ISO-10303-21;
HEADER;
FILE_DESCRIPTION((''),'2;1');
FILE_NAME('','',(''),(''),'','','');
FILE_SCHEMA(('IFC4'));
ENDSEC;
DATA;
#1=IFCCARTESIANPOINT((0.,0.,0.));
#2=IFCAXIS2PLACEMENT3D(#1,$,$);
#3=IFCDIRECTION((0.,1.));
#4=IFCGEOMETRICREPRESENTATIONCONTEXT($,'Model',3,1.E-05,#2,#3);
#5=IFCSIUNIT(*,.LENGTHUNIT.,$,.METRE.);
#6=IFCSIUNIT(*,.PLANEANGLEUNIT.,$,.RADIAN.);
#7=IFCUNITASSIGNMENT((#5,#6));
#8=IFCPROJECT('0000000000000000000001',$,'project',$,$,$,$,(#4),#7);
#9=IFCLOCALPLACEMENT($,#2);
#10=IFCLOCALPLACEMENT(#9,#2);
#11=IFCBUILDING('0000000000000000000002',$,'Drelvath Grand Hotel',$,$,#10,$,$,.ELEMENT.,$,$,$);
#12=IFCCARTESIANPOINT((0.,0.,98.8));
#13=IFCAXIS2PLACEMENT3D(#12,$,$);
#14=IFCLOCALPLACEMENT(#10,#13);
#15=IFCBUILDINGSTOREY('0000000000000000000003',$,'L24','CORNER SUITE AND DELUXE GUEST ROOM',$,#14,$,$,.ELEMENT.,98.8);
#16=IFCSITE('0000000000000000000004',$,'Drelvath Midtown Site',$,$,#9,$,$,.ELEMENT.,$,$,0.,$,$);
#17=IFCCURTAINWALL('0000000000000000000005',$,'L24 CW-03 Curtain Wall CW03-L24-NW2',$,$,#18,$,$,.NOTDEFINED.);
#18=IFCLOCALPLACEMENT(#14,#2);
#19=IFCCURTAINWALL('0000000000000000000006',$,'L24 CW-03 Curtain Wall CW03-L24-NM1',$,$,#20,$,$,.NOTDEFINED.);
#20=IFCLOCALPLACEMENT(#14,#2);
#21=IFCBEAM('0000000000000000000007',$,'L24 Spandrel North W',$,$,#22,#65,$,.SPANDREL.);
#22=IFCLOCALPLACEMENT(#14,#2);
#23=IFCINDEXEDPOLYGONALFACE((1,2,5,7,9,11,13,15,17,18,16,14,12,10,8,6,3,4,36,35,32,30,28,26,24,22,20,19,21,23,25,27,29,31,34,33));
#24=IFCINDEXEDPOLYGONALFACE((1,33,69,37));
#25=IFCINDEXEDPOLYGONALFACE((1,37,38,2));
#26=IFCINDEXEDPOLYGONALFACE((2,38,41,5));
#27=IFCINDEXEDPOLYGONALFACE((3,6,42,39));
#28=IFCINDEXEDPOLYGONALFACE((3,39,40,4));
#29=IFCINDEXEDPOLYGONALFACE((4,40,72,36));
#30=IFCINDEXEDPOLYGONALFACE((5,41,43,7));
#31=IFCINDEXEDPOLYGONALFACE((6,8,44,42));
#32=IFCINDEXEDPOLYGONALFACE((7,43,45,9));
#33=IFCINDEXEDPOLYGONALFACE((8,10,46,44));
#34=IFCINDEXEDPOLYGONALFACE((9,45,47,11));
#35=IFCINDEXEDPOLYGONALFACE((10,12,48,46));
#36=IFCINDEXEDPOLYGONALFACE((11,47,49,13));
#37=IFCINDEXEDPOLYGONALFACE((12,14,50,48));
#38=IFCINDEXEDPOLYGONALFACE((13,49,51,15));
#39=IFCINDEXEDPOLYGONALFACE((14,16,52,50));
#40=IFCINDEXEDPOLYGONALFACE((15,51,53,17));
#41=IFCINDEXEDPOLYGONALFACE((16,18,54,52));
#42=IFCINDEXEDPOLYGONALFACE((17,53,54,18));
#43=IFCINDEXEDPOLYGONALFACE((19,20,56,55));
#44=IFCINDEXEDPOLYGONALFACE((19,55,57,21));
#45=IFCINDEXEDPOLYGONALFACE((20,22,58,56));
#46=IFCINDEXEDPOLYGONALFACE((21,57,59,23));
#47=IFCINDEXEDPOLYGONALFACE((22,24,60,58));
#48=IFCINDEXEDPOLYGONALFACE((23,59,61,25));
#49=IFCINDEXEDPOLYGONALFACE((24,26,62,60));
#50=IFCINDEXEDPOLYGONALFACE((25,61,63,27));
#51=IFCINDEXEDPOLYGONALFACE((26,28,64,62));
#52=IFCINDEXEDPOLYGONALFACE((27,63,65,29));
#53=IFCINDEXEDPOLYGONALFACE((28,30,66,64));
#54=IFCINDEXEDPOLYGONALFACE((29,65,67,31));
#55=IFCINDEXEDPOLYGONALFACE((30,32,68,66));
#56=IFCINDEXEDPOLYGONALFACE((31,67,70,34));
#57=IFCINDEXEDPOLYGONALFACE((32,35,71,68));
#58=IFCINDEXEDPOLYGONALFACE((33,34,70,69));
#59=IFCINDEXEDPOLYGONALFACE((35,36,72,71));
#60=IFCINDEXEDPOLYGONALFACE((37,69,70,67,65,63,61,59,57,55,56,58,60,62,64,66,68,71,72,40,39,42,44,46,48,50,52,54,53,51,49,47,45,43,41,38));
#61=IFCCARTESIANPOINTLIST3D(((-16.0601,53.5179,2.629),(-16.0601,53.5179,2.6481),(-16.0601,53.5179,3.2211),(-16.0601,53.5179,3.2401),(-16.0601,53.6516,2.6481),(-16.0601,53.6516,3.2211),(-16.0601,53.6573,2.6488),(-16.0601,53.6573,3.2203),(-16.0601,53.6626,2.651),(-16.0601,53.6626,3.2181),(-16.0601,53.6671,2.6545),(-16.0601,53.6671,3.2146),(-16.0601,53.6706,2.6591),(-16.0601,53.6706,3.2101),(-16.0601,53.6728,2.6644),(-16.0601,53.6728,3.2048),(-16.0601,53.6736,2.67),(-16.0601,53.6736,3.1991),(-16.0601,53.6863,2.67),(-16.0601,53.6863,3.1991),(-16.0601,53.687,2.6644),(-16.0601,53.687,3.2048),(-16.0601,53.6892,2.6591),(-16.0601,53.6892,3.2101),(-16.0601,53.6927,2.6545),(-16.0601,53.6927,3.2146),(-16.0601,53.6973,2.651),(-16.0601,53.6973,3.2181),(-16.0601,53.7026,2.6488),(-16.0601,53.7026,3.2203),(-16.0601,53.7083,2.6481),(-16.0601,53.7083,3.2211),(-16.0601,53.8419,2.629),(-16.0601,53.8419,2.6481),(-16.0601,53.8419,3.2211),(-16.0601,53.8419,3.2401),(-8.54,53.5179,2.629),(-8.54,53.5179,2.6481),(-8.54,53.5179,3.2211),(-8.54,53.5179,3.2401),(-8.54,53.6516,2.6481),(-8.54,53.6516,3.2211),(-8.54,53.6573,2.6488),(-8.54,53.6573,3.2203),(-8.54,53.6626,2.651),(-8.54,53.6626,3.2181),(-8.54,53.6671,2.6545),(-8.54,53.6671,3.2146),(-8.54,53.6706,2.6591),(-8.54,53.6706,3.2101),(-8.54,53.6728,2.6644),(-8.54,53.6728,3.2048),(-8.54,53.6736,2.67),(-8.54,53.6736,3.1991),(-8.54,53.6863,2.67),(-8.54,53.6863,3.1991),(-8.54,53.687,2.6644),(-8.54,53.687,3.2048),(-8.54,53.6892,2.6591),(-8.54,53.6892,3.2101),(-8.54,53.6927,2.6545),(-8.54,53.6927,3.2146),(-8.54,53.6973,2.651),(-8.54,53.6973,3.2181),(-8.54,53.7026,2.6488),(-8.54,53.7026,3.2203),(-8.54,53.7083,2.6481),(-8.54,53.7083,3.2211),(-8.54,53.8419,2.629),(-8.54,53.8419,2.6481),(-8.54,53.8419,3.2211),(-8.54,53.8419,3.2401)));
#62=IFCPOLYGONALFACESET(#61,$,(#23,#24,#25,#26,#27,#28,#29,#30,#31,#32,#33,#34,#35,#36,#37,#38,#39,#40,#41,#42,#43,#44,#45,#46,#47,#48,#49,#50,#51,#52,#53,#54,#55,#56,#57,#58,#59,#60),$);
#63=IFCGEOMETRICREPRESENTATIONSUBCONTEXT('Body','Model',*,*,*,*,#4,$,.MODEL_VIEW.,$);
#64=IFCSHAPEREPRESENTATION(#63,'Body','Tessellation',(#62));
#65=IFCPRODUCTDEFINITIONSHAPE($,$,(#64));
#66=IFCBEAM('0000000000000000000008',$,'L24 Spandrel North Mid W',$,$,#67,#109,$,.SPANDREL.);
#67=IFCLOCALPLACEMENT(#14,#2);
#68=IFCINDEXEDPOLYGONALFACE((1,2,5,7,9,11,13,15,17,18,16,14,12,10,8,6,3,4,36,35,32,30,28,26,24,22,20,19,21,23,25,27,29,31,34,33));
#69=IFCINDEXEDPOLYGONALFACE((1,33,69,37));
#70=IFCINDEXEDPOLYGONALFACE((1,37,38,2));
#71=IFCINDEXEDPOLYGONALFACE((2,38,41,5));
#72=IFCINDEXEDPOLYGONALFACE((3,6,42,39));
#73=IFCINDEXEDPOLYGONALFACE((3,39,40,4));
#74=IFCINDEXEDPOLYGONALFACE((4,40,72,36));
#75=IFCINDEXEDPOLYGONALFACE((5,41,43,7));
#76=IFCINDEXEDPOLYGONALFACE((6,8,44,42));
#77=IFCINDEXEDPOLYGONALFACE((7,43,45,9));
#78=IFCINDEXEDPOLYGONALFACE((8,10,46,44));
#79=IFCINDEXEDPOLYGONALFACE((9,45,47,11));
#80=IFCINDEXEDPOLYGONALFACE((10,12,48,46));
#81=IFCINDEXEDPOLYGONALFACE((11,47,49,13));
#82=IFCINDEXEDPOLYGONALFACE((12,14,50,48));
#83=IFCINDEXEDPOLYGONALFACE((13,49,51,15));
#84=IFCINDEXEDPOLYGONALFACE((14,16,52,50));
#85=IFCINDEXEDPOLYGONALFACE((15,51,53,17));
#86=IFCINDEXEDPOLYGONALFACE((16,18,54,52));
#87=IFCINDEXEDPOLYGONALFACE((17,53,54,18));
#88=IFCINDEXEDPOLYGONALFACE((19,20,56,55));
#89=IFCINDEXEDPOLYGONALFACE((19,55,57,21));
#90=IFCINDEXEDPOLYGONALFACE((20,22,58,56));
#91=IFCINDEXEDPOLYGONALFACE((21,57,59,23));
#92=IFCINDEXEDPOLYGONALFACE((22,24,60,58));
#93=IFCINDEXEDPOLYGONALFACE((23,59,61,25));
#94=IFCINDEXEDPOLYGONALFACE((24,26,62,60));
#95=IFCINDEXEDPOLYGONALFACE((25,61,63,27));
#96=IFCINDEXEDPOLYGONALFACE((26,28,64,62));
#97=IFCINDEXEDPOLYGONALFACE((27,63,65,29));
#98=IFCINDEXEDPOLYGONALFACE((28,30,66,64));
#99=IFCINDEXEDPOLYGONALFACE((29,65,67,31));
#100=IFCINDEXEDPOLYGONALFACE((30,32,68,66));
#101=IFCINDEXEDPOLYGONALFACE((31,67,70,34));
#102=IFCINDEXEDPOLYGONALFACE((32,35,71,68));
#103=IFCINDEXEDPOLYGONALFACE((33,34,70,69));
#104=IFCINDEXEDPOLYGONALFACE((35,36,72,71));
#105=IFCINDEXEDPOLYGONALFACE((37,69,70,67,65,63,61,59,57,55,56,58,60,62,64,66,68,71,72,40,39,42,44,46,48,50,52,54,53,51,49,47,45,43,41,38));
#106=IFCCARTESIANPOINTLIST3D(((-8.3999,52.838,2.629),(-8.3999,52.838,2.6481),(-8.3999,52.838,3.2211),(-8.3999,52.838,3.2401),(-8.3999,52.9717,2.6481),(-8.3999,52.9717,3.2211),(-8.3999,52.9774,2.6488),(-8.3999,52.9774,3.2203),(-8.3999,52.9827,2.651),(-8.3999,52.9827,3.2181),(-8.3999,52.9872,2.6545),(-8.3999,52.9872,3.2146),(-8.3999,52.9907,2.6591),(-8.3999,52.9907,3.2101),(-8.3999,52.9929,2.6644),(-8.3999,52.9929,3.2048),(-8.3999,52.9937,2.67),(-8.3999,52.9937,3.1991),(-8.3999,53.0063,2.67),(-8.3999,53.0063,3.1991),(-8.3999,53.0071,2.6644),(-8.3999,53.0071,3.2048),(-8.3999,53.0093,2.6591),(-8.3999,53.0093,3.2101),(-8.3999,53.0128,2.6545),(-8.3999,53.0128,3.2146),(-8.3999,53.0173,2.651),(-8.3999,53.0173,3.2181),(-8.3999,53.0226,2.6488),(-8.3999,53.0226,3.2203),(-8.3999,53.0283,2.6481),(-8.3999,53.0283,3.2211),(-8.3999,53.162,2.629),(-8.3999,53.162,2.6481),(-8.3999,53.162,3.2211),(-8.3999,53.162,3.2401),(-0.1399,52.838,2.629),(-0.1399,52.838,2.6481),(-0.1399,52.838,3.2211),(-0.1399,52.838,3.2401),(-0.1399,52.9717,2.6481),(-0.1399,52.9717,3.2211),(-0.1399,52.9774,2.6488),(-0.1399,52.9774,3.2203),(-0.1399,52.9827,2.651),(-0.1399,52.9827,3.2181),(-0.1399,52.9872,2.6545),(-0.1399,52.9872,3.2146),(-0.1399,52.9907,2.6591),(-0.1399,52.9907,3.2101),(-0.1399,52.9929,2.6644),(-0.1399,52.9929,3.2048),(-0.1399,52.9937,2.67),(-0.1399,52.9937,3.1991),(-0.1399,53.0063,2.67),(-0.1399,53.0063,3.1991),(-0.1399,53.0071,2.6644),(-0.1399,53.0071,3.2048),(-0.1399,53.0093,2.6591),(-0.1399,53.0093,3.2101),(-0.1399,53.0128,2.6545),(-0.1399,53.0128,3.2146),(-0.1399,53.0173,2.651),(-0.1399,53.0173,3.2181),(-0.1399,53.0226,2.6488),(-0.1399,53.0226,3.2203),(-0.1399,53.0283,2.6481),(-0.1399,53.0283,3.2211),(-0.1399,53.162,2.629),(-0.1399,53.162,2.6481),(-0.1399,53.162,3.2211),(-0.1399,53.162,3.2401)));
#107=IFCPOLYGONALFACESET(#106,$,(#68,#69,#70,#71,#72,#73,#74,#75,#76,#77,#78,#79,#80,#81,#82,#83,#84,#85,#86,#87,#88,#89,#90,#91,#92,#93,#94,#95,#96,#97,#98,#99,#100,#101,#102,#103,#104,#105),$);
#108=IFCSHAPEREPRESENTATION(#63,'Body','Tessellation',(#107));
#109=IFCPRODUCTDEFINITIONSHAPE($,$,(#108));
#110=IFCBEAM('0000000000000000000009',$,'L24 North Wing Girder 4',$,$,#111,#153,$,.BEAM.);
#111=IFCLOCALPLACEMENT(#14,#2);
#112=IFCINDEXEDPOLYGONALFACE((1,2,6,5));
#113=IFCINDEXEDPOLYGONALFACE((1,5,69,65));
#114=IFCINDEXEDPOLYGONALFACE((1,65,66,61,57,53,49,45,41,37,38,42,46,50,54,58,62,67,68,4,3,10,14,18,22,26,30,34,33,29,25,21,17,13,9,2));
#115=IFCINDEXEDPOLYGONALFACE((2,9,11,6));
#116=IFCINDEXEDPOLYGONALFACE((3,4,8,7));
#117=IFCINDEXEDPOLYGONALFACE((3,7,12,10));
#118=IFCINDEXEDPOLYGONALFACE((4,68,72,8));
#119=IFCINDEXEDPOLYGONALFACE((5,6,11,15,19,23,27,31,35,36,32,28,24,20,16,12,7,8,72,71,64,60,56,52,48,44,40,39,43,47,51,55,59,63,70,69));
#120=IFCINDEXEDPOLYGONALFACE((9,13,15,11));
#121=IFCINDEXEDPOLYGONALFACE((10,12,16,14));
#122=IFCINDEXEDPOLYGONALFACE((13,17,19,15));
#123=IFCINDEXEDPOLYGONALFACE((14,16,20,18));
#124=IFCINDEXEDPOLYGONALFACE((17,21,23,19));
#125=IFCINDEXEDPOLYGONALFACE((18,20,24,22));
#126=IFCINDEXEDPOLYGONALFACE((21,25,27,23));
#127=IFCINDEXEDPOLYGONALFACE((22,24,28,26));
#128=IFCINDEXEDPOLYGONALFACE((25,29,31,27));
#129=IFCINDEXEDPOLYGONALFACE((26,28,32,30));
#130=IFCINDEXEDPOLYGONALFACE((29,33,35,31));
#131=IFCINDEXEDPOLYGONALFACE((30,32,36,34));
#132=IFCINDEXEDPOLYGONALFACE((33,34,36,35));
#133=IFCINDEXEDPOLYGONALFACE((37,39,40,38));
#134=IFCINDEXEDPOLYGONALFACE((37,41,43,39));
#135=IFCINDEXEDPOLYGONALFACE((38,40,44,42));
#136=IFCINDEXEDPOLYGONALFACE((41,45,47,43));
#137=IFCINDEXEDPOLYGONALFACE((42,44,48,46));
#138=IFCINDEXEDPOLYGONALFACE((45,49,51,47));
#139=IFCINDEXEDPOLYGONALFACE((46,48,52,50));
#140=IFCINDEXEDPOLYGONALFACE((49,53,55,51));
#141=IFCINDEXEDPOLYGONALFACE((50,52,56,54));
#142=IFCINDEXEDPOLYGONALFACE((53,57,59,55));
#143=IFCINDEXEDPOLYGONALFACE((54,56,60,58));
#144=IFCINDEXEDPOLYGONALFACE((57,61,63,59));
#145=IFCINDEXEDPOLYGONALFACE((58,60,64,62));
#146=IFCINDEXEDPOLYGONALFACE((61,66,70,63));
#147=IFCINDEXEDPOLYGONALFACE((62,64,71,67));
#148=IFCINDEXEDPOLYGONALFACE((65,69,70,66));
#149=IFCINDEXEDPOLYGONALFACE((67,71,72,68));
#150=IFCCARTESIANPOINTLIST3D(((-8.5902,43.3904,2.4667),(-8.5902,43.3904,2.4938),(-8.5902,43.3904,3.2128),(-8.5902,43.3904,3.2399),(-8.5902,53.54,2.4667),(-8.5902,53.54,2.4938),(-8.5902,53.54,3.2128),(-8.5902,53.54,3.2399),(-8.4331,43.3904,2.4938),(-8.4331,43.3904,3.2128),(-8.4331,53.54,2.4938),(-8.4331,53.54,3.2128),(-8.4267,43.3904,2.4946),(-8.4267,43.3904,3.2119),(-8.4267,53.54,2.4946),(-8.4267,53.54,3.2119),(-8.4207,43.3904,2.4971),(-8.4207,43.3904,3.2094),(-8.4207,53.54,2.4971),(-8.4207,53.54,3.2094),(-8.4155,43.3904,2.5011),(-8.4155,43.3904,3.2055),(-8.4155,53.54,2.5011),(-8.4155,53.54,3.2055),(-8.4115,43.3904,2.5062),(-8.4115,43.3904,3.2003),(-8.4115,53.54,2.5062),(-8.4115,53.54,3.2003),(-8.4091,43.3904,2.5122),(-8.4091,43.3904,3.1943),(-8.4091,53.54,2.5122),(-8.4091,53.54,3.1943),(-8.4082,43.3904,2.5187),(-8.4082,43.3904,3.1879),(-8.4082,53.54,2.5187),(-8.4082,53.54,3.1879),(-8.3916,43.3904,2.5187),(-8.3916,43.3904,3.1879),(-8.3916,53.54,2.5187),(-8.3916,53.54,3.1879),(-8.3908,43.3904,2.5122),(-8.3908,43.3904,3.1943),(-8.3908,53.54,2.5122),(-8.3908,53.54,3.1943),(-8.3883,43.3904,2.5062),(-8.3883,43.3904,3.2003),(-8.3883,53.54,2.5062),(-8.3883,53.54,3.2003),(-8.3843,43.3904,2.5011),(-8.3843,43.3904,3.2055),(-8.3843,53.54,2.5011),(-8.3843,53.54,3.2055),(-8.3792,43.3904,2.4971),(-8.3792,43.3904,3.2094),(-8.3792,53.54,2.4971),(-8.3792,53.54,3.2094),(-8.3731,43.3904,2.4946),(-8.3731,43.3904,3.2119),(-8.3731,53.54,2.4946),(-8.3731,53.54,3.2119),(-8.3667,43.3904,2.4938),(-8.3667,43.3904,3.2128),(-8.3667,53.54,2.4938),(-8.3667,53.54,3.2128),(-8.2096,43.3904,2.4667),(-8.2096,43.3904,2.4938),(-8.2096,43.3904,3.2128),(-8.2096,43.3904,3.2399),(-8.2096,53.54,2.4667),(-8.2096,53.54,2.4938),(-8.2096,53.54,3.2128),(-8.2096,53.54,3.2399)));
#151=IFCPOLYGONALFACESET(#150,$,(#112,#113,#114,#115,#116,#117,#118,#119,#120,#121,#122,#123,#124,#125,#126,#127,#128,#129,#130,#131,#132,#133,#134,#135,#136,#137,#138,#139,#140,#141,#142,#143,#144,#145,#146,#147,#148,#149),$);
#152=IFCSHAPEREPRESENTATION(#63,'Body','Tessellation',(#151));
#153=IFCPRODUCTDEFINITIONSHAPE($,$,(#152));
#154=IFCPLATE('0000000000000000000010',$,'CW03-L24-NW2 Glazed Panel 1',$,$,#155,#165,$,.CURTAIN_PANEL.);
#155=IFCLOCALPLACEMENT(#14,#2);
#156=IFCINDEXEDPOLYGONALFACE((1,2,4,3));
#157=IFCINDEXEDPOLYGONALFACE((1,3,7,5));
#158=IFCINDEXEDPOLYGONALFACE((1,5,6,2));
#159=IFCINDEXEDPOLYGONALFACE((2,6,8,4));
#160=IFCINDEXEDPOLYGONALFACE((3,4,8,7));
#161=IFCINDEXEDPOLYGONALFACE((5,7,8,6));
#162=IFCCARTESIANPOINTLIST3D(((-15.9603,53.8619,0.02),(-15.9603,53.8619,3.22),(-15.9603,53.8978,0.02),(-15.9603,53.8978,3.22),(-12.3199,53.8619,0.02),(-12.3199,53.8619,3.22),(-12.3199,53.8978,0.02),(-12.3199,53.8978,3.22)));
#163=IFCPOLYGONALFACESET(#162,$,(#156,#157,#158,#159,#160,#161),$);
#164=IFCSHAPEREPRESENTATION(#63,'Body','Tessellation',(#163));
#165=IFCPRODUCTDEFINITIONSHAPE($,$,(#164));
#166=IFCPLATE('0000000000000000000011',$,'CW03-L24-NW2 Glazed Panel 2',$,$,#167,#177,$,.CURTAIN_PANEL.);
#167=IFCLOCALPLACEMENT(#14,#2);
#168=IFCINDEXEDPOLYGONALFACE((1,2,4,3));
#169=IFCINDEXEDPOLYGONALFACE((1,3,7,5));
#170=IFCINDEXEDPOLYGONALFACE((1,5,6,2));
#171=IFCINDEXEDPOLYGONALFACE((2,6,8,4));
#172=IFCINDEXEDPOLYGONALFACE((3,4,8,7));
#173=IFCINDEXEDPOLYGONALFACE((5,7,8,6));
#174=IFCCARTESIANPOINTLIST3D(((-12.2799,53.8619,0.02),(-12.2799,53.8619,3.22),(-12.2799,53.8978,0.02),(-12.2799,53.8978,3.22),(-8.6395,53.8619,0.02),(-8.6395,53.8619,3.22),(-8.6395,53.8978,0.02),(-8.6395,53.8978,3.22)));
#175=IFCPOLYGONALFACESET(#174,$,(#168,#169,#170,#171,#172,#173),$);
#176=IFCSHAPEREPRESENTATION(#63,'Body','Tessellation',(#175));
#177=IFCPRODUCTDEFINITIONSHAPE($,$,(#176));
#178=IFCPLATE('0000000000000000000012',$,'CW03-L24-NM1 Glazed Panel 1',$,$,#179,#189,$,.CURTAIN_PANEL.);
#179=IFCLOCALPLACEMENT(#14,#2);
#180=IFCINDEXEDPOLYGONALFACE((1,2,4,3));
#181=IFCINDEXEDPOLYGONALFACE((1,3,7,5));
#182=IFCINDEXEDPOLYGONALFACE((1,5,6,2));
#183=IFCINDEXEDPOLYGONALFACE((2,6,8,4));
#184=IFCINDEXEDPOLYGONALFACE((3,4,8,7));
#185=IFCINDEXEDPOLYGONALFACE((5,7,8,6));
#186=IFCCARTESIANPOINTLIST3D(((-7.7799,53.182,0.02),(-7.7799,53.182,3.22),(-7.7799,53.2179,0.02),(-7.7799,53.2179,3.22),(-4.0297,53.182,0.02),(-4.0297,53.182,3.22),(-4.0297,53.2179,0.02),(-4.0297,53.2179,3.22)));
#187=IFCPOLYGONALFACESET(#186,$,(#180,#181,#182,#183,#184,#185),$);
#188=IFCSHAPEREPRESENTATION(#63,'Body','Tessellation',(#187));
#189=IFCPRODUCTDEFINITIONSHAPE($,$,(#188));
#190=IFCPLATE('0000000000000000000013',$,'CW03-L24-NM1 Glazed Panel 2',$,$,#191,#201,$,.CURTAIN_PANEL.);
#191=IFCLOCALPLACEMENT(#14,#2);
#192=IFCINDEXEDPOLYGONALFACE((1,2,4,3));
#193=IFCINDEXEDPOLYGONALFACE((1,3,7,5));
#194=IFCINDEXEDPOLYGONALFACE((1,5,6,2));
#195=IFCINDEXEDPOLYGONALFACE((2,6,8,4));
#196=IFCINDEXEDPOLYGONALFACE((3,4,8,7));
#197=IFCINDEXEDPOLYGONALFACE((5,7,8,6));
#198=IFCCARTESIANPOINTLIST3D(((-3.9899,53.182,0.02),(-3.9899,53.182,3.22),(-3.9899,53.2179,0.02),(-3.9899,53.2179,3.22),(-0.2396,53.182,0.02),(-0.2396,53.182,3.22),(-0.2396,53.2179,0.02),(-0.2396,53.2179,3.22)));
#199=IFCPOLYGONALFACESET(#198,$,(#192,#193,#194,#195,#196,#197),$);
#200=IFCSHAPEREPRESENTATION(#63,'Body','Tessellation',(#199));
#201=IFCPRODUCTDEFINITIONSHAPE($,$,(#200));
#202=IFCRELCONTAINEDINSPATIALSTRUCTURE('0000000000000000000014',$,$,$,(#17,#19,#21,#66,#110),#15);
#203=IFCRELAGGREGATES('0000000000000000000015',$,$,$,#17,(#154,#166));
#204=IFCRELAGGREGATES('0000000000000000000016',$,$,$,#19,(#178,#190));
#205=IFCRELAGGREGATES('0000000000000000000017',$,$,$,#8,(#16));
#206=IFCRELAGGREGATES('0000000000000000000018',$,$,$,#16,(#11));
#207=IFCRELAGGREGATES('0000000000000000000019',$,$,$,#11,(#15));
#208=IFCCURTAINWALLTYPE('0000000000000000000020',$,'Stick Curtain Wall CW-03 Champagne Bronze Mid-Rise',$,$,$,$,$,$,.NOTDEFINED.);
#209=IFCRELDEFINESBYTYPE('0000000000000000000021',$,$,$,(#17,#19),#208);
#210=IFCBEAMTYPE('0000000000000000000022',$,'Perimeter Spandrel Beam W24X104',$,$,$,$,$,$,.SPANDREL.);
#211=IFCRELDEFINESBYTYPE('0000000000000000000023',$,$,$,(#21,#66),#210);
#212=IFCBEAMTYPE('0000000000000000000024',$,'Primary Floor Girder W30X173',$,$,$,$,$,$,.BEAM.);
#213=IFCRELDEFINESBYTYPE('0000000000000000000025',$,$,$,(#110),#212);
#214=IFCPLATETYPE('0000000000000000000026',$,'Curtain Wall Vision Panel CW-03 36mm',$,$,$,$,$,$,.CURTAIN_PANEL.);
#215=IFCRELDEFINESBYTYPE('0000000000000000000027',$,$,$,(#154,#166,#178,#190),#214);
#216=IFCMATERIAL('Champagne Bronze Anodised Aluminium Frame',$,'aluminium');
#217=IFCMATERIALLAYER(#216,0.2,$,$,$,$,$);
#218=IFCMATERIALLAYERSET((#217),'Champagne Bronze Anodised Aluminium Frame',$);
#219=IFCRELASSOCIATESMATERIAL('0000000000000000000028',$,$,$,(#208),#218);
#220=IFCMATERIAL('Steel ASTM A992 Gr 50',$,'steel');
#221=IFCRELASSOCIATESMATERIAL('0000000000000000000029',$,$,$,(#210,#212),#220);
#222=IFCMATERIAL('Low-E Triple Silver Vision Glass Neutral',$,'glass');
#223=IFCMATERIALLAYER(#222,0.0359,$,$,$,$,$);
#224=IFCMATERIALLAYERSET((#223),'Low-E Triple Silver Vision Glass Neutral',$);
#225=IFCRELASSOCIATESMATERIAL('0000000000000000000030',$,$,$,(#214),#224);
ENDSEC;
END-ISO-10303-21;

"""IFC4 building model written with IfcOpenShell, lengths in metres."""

from ifc_helpers import new_model, si_unit, direction, frame, origin, origin_2d, place, context, subcontext, project, spatial, rectangle, i_section, extrude, material, layer, layer_set, material_profile, profile_set, type_object, element, aggregate, save


model = new_model("IFC4")

# Units and contexts
model_context = context("Model", 3, precision=1e-05, world=origin(), true_north=direction((0.0, 1.0)))
body_context = subcontext(model_context, "Body", "Model", "MODEL_VIEW")
ifc_project = project(units=[si_unit("LENGTHUNIT", "METRE"), si_unit("PLANEANGLEUNIT", "RADIAN")], contexts=[model_context])

# Site, building, storey
site_placement = place(None, origin())
site = spatial("IfcSite", under=ifc_project, at=site_placement, Name="Drelvath Midtown Site", CompositionType="ELEMENT", RefElevation=0.0)
building_placement = place(site_placement, origin())
building = spatial("IfcBuilding", under=site, at=building_placement, Name="Drelvath Grand Hotel", CompositionType="ELEMENT")
storey_placement = place(building_placement, frame((0.0, 0.0, 98.8)))
storey = spatial("IfcBuildingStorey", under=building, at=storey_placement, Name="L24", Description="CORNER SUITE AND DELUXE GUEST ROOM", CompositionType="ELEMENT", Elevation=98.8)

# Curtain walls
ifc_material_1 = material(Name="Champagne Bronze Anodised Aluminium Frame", Category="aluminium")
ifc_layer_1 = layer(ifc_material_1, 0.2)
ifc_layer_set_1 = layer_set([ifc_layer_1], Name="Champagne Bronze Anodised Aluminium Frame")
curtain_wall_type = type_object("IfcCurtainWallType", Name="Stick Curtain Wall CW-03 Champagne Bronze Mid-Rise", PredefinedType="NOTDEFINED", material=ifc_layer_set_1)
curtain_wall_1_placement = place(storey_placement, origin())
curtain_wall_1 = element("IfcCurtainWall", 1, at=curtain_wall_1_placement, inside=storey, type_object=curtain_wall_type, Name="L24 CW-03 Curtain Wall CW03-L24-NW2", PredefinedType="NOTDEFINED")
curtain_wall_2_placement = place(storey_placement, origin())
curtain_wall_2 = element("IfcCurtainWall", 2, at=curtain_wall_2_placement, inside=storey, type_object=curtain_wall_type, Name="L24 CW-03 Curtain Wall CW03-L24-NM1", PredefinedType="NOTDEFINED")

# Beams
ifc_material_2 = material(Name="Steel ASTM A992 Gr 50", Category="steel")
ifc_material_profile_1 = material_profile(ifc_material_2, i_section(OverallWidth=0.324, OverallDepth=0.6111, WebThickness=0.0127, FlangeThickness=0.019, FilletRadius=0.022, at=origin_2d()), Name="W24X104")
ifc_profile_set_1 = profile_set([ifc_material_profile_1], Name="Steel ASTM A992 Gr 50")
beam_type_1 = type_object("IfcBeamType", Name="Perimeter Spandrel Beam W24X104", PredefinedType="SPANDREL", material=ifc_profile_set_1)
beam_1_placement = place(storey_placement, frame((-16.0601, 53.6799, 2.9346), z_axis=(1.0, 0.0, 0.0), x_axis=(0.0, 1.0, 0.0)))
element("IfcBeam", 3, at=beam_1_placement, inside=storey, type_object=beam_type_1, Name="L24 Spandrel North W", PredefinedType="SPANDREL", context=body_context, shape_type="SweptSolid", body=[
    extrude(i_section(OverallWidth=0.324, OverallDepth=0.6111, WebThickness=0.0127, FlangeThickness=0.019, FilletRadius=0.022, at=origin_2d()), origin(), (0.0, 0.0, 1.0), 7.52),
])
beam_2_placement = place(storey_placement, frame((-8.3999, 53.0, 2.9346), z_axis=(1.0, 0.0, 0.0), x_axis=(0.0, 1.0, 0.0)))
element("IfcBeam", 4, at=beam_2_placement, inside=storey, type_object=beam_type_1, Name="L24 Spandrel North Mid W", PredefinedType="SPANDREL", context=body_context, shape_type="SweptSolid", body=[
    extrude(i_section(OverallWidth=0.324, OverallDepth=0.6111, WebThickness=0.0127, FlangeThickness=0.019, FilletRadius=0.022, at=origin_2d()), origin(), (0.0, 0.0, 1.0), 8.26),
])
ifc_material_profile_2 = material_profile(ifc_material_2, i_section(OverallWidth=0.3806, OverallDepth=0.7732, WebThickness=0.0166, FlangeThickness=0.0271, FilletRadius=0.0249, at=origin_2d()), Name="W30X173")
ifc_profile_set_2 = profile_set([ifc_material_profile_2], Name="Steel ASTM A992 Gr 50")
beam_type_2 = type_object("IfcBeamType", Name="Primary Floor Girder W30X173", PredefinedType="BEAM", material=ifc_profile_set_2)
beam_3_placement = place(storey_placement, frame((-8.3999, 43.3904, 2.8533), z_axis=(0.0, 1.0, 0.0), x_axis=(-1.0, 0.0, 0.0)))
element("IfcBeam", 5, at=beam_3_placement, inside=storey, type_object=beam_type_2, Name="L24 North Wing Girder 4", PredefinedType="BEAM", context=body_context, shape_type="SweptSolid", body=[
    extrude(i_section(OverallWidth=0.3806, OverallDepth=0.7732, WebThickness=0.0166, FlangeThickness=0.0271, FilletRadius=0.0249, at=origin_2d()), origin(), (0.0, 0.0, 1.0), 10.1497),
])

# Plates
ifc_material_3 = material(Name="Low-E Triple Silver Vision Glass Neutral", Category="glass")
ifc_layer_2 = layer(ifc_material_3, 0.0359)
ifc_layer_set_2 = layer_set([ifc_layer_2], Name="Low-E Triple Silver Vision Glass Neutral")
plate_type = type_object("IfcPlateType", Name="Curtain Wall Vision Panel CW-03 36mm", PredefinedType="CURTAIN_PANEL", material=ifc_layer_set_2)
plate_1_placement = place(storey_placement, frame((-14.1401, 53.8799, 0.02), z_axis=(0.0, 0.0, 1.0), x_axis=(1.0, 0.0, 0.0)))
plate_1 = element("IfcPlate", 6, at=plate_1_placement, type_object=plate_type, Name="CW03-L24-NW2 Glazed Panel 1", PredefinedType="CURTAIN_PANEL", context=body_context, shape_type="SweptSolid", body=[
    extrude(rectangle(XDim=3.6404, YDim=0.0359, at=origin_2d()), origin(), (0.0, 0.0, 1.0), 3.2),
])
plate_2_placement = place(storey_placement, frame((-10.4597, 53.8799, 0.02), z_axis=(0.0, 0.0, 1.0), x_axis=(1.0, 0.0, 0.0)))
plate_2 = element("IfcPlate", 7, at=plate_2_placement, type_object=plate_type, Name="CW03-L24-NW2 Glazed Panel 2", PredefinedType="CURTAIN_PANEL", context=body_context, shape_type="SweptSolid", body=[
    extrude(rectangle(XDim=3.6404, YDim=0.0359, at=origin_2d()), origin(), (0.0, 0.0, 1.0), 3.2),
])
aggregate(curtain_wall_1, [plate_1, plate_2])
plate_3_placement = place(storey_placement, frame((-5.9048, 53.2, 0.02), z_axis=(0.0, 0.0, 1.0), x_axis=(1.0, 0.0, 0.0)))
plate_3 = element("IfcPlate", 8, at=plate_3_placement, type_object=plate_type, Name="CW03-L24-NM1 Glazed Panel 1", PredefinedType="CURTAIN_PANEL", context=body_context, shape_type="SweptSolid", body=[
    extrude(rectangle(XDim=3.7502, YDim=0.0359, at=origin_2d()), origin(), (0.0, 0.0, 1.0), 3.2),
])
plate_4_placement = place(storey_placement, frame((-2.1147, 53.2, 0.02), z_axis=(0.0, 0.0, 1.0), x_axis=(1.0, 0.0, 0.0)))
plate_4 = element("IfcPlate", 9, at=plate_4_placement, type_object=plate_type, Name="CW03-L24-NM1 Glazed Panel 2", PredefinedType="CURTAIN_PANEL", context=body_context, shape_type="SweptSolid", body=[
    extrude(rectangle(XDim=3.7502, YDim=0.0359, at=origin_2d()), origin(), (0.0, 0.0, 1.0), 3.2),
])
aggregate(curtain_wall_2, [plate_3, plate_4])

save(model, "model.ifc")
